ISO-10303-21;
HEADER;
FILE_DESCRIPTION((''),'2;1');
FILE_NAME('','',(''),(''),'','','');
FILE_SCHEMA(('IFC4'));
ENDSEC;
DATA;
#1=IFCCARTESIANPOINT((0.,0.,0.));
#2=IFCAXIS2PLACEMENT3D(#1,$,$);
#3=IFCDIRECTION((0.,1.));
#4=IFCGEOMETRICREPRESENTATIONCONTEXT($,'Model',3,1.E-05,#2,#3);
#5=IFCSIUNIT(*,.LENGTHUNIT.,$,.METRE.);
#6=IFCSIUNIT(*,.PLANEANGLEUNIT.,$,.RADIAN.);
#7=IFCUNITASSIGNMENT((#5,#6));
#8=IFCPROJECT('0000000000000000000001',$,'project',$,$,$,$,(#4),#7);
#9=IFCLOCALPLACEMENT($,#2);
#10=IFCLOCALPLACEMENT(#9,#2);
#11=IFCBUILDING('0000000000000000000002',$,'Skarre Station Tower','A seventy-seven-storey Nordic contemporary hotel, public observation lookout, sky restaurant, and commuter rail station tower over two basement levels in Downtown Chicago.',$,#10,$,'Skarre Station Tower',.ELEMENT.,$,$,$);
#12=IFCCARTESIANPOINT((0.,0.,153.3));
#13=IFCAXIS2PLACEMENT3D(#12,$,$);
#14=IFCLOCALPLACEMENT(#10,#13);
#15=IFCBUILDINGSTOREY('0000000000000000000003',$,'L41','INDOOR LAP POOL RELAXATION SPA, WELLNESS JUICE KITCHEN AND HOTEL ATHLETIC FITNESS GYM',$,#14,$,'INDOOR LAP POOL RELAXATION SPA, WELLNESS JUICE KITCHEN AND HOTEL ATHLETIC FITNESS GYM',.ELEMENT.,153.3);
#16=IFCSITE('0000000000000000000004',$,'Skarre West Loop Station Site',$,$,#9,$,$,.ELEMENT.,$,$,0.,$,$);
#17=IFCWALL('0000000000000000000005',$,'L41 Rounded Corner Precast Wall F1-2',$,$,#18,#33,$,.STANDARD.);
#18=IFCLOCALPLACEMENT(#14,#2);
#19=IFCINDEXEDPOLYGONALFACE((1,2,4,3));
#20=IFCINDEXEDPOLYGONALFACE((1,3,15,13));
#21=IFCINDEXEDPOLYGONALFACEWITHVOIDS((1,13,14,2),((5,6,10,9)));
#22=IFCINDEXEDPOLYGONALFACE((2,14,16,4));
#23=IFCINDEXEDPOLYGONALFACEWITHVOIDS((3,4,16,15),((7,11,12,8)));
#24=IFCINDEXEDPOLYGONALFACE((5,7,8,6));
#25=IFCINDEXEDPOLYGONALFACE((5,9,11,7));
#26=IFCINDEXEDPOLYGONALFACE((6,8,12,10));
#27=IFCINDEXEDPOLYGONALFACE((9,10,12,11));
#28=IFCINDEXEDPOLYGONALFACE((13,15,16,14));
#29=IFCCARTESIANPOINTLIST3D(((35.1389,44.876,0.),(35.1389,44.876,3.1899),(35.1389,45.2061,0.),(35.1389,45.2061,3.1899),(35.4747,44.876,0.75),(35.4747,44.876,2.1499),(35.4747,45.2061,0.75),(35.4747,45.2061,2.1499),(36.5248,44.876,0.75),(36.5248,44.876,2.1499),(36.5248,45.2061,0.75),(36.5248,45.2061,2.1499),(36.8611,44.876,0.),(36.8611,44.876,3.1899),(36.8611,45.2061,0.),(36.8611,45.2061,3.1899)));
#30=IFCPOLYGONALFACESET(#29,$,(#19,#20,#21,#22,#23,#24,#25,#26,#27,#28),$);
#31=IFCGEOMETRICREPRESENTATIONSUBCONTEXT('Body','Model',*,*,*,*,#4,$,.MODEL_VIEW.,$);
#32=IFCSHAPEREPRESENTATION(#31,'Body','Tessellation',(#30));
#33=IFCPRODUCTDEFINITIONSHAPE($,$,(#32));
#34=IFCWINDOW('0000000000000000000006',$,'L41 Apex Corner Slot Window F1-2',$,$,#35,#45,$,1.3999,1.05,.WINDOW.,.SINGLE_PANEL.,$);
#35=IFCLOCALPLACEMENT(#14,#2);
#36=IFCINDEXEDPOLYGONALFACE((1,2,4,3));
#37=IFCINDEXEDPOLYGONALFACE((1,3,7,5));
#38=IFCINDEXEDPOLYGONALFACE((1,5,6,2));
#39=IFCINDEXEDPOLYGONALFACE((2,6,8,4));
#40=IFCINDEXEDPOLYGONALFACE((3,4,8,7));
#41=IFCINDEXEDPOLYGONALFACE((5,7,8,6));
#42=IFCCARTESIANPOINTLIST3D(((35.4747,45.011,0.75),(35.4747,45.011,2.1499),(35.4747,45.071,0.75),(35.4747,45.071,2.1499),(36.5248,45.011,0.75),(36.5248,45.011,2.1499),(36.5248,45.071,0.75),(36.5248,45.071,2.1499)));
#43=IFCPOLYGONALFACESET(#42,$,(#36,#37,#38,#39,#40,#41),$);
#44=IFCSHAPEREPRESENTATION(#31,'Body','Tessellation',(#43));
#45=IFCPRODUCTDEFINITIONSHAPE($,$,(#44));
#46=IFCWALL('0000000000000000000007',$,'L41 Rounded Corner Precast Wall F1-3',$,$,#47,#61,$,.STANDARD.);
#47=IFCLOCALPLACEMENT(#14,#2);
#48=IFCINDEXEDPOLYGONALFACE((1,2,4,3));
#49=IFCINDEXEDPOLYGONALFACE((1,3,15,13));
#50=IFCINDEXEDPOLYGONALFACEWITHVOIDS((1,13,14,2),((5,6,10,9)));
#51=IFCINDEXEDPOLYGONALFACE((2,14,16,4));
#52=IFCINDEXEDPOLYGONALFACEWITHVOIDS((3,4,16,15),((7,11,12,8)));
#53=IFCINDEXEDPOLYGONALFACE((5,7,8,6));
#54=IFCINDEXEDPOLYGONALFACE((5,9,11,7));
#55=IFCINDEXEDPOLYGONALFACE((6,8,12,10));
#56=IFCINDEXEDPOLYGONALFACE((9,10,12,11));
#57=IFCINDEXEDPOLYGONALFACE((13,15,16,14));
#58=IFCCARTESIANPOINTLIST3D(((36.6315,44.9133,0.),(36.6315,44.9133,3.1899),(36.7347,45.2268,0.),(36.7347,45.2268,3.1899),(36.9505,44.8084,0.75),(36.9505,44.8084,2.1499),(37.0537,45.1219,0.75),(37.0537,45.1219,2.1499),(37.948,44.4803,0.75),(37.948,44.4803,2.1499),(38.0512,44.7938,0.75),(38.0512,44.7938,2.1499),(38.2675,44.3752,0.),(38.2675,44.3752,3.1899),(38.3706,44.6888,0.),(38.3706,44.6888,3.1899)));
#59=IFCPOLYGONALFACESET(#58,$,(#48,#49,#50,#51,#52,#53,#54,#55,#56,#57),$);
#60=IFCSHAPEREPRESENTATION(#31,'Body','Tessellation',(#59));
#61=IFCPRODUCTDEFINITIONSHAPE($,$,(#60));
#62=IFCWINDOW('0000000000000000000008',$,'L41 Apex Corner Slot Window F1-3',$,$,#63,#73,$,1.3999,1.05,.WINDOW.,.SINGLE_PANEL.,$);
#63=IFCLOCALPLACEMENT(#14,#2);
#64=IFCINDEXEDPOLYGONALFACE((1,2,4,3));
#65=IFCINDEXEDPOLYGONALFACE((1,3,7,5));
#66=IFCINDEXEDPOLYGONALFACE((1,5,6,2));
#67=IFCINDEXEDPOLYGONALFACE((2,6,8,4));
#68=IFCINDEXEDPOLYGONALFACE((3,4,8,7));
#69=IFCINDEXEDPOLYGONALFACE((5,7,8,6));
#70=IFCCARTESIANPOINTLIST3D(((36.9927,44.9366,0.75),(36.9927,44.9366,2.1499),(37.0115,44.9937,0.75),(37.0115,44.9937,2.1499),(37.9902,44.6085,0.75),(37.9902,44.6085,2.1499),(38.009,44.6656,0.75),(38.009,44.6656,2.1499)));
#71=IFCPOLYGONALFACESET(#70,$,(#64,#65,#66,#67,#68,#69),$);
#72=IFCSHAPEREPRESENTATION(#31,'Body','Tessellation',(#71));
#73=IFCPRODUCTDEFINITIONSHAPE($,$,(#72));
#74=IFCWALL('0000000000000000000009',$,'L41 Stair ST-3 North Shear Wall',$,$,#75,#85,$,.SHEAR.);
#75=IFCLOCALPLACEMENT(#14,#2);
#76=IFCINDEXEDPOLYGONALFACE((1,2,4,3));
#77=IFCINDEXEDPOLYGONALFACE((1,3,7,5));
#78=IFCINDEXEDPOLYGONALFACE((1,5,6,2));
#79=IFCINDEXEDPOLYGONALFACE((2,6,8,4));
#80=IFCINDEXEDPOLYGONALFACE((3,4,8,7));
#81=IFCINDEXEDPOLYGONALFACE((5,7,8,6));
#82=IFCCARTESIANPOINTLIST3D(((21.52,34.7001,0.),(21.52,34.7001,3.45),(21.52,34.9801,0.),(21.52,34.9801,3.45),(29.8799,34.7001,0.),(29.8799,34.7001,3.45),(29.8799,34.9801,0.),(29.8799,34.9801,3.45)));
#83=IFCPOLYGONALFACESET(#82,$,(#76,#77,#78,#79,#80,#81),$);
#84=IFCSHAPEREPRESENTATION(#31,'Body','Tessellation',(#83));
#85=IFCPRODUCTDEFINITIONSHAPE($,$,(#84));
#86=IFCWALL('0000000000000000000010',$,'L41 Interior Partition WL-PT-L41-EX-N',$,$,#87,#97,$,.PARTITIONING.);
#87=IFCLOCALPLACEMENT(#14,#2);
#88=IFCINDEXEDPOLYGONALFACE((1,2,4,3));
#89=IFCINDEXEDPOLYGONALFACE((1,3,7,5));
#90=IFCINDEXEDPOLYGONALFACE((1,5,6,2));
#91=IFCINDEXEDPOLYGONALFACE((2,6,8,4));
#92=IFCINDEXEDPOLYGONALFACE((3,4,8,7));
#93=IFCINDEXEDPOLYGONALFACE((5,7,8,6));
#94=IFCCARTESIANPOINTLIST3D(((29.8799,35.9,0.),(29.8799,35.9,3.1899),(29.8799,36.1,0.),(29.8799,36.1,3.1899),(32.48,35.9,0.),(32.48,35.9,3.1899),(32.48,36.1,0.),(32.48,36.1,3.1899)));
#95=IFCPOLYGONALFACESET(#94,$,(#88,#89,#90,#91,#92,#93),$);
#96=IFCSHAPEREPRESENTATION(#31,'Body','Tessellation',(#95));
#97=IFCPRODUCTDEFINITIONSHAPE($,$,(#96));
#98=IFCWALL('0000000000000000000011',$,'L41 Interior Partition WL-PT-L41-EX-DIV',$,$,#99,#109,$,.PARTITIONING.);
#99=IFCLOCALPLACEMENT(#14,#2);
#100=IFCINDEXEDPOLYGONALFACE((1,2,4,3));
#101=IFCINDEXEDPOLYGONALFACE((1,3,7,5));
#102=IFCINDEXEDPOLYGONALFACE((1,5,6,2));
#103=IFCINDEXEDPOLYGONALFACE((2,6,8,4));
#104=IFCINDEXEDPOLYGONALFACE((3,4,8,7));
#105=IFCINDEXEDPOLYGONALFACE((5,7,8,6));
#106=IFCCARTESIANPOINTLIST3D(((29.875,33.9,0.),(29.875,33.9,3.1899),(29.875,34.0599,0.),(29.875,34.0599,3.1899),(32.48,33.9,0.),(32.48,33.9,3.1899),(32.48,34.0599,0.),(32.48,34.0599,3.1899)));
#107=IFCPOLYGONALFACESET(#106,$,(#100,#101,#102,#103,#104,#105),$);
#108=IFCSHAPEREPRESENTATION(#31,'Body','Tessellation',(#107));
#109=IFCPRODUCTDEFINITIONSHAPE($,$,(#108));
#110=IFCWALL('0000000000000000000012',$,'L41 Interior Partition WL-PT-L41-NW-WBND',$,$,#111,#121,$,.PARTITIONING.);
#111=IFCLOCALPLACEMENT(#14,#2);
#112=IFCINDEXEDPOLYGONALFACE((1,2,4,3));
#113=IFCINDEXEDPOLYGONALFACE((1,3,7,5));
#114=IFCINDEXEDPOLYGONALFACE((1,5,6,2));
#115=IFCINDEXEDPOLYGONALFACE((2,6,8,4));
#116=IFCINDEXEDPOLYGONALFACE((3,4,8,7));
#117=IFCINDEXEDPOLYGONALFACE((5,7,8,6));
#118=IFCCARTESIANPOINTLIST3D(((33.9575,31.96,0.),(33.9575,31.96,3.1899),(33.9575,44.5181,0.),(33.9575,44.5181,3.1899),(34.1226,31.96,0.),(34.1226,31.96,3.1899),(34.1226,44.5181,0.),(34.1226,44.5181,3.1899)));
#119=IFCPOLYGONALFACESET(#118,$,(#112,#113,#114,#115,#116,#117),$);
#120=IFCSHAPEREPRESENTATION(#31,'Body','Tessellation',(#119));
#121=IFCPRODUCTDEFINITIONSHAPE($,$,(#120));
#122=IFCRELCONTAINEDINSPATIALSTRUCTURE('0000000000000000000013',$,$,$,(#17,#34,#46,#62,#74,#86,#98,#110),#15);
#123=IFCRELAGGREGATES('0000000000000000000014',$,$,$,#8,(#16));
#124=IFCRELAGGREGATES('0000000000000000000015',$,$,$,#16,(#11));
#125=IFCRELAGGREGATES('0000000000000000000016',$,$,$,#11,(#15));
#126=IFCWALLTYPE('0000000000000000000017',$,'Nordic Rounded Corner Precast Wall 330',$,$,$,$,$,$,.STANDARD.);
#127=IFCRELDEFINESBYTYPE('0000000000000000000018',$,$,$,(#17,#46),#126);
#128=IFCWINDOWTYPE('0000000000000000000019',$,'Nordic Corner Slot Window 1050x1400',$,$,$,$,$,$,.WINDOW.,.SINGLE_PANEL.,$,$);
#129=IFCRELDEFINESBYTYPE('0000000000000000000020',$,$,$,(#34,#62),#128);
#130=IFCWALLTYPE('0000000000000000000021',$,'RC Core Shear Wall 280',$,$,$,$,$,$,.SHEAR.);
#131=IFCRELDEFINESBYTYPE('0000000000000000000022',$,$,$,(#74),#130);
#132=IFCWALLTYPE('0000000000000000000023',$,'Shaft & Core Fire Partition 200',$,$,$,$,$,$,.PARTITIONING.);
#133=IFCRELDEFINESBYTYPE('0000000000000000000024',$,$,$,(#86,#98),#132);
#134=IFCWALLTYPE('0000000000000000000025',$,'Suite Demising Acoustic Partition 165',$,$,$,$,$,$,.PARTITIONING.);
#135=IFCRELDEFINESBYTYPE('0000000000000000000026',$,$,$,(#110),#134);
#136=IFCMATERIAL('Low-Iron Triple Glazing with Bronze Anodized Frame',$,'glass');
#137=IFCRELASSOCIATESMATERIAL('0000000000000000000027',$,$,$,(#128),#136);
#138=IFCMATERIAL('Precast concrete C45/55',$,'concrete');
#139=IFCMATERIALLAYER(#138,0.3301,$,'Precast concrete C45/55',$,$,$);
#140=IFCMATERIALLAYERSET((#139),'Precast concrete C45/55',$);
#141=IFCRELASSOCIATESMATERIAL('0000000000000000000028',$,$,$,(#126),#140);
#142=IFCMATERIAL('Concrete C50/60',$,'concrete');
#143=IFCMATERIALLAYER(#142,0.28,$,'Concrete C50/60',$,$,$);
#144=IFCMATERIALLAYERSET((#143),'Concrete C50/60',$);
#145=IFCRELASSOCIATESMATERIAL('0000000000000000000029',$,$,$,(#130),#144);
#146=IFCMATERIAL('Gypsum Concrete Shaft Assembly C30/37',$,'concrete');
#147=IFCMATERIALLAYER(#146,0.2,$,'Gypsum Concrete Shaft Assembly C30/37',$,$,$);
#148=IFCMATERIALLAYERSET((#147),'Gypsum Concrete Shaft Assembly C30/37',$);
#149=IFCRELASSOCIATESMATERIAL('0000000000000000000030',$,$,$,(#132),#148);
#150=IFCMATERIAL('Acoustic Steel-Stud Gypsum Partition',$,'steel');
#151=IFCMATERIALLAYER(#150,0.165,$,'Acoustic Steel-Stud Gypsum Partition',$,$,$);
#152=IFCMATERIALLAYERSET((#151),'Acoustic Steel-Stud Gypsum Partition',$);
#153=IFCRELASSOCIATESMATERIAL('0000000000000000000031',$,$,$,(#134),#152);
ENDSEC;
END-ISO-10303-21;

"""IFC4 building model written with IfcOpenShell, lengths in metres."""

from ifc_helpers import new_model, si_unit, direction, frame, frame_2d, origin, place, context, subcontext, project, spatial, rectangle, extrude, material, layer, layer_set, type_object, element, fill, save


model = new_model("IFC4")

# Units and contexts
model_context = context("Model", 3, precision=1e-05, world=origin(), true_north=direction((0.0, 1.0)))
body_context = subcontext(model_context, "Body", "Model", "MODEL_VIEW")
ifc_project = project(units=[si_unit("LENGTHUNIT", "METRE"), si_unit("PLANEANGLEUNIT", "RADIAN")], contexts=[model_context])

# Site, building, storey
site_placement = place(None, origin())
site = spatial("IfcSite", under=ifc_project, at=site_placement, Name="Skarre West Loop Station Site", CompositionType="ELEMENT", RefElevation=0.0)
building_placement = place(site_placement, origin())
building = spatial("IfcBuilding", under=site, at=building_placement, Name="Skarre Station Tower", Description="A seventy-seven-storey Nordic contemporary hotel, public observation lookout, sky restaurant, and commuter rail station tower over two basement levels in Downtown Chicago.", LongName="Skarre Station Tower", CompositionType="ELEMENT")
storey_placement = place(building_placement, frame((0.0, 0.0, 153.3)))
storey = spatial("IfcBuildingStorey", under=building, at=storey_placement, Name="L41", Description="INDOOR LAP POOL RELAXATION SPA, WELLNESS JUICE KITCHEN AND HOTEL ATHLETIC FITNESS GYM", LongName="INDOOR LAP POOL RELAXATION SPA, WELLNESS JUICE KITCHEN AND HOTEL ATHLETIC FITNESS GYM", CompositionType="ELEMENT", Elevation=153.3)

# Shared definitions
ifc_material_1 = material(Name="Acoustic Steel-Stud Gypsum Partition", Category="steel")

# Shared definitions
ifc_material_2 = material(Name="Precast concrete C45/55", Category="concrete")
ifc_material_3 = material(Name="Low-Iron Triple Glazing with Bronze Anodized Frame", Category="glass")
window_type_1 = type_object("IfcWindowType", Name="Nordic Corner Slot Window 1050x1400", PartitioningType="SINGLE_PANEL", PredefinedType="WINDOW", material=ifc_material_3)

# Shared definitions
ifc_layer_1 = layer(ifc_material_2, 0.3301, Name="Precast concrete C45/55")
ifc_layer_set_1 = layer_set([ifc_layer_1], Name="Precast concrete C45/55")
wall_type_1 = type_object("IfcWallType", Name="Nordic Rounded Corner Precast Wall 330", PredefinedType="STANDARD", material=ifc_layer_set_1)

# Walls, openings, windows
wall_1_placement = place(storey_placement, frame((35.1389, 45.041, 0.0), z_axis=(0.0, 0.0, 1.0), x_axis=(1.0, 0.0, 0.0)))
wall_1 = element("IfcWall", 1, at=wall_1_placement, inside=storey, type_object=wall_type_1, Name="L41 Rounded Corner Precast Wall F1-2", PredefinedType="STANDARD", context=body_context, shape_type="SweptSolid", body=[
    extrude(rectangle(XDim=1.7222, YDim=0.3301, at=frame_2d((0.8611, 0.0))), origin(), (0.0, 0.0, 1.0), 3.1899),
])
opening_1_placement = place(wall_1_placement, frame((0.3359, 0.0, 0.75)))
opening_1 = element("IfcOpeningElement", 2, at=opening_1_placement, cuts=wall_1, PredefinedType="OPENING", context=body_context, shape_type="SweptSolid", body=[
    extrude(rectangle(XDim=1.05, YDim=1.3999, at=frame_2d((0.5249, 0.7))), frame((0.0, 0.175, 0.0), z_axis=(0.0, -1.0, 0.0), x_axis=(1.0, 0.0, 0.0)), (0.0, 0.0, 1.0), 0.3501),
])
window_1_placement = place(opening_1_placement, origin())
window_1 = element("IfcWindow", 3, at=window_1_placement, inside=storey, type_object=window_type_1, Name="L41 Apex Corner Slot Window F1-2", OverallHeight=1.3999, OverallWidth=1.05, PartitioningType="SINGLE_PANEL", PredefinedType="WINDOW", context=body_context, shape_type="SweptSolid", body=[
    extrude(rectangle(XDim=1.05, YDim=1.3999, at=frame_2d((0.5249, 0.7))), frame((0.0, 0.03, 0.0), z_axis=(0.0, -1.0, 0.0), x_axis=(1.0, 0.0, 0.0)), (0.0, 0.0, 1.0), 0.0601),
])
fill(opening_1, window_1)
wall_2_placement = place(storey_placement, frame((36.6831, 45.0701, 0.0), z_axis=(0.0, 0.0, 1.0), x_axis=(0.949937, -0.31244, 0.0)))
wall_2 = element("IfcWall", 4, at=wall_2_placement, inside=storey, type_object=wall_type_1, Name="L41 Rounded Corner Precast Wall F1-3", PredefinedType="STANDARD", context=body_context, shape_type="SweptSolid", body=[
    extrude(rectangle(XDim=1.7222, YDim=0.3301, at=frame_2d((0.8611, 0.0))), origin(), (0.0, 0.0, 1.0), 3.1899),
])
opening_2_placement = place(wall_2_placement, frame((0.3359, 0.0, 0.75)))
opening_2 = element("IfcOpeningElement", 5, at=opening_2_placement, cuts=wall_2, PredefinedType="OPENING", context=body_context, shape_type="SweptSolid", body=[
    extrude(rectangle(XDim=1.05, YDim=1.3999, at=frame_2d((0.5249, 0.7))), frame((0.0, 0.175, 0.0), z_axis=(0.0, -1.0, 0.0), x_axis=(1.0, 0.0, 0.0)), (0.0, 0.0, 1.0), 0.3501),
])
window_2_placement = place(opening_2_placement, origin())
window_2 = element("IfcWindow", 6, at=window_2_placement, inside=storey, type_object=window_type_1, Name="L41 Apex Corner Slot Window F1-3", OverallHeight=1.3999, OverallWidth=1.05, PartitioningType="SINGLE_PANEL", PredefinedType="WINDOW", context=body_context, shape_type="SweptSolid", body=[
    extrude(rectangle(XDim=1.05, YDim=1.3999, at=frame_2d((0.5249, 0.7))), frame((0.0, 0.03, 0.0), z_axis=(0.0, -1.0, 0.0), x_axis=(1.0, 0.0, 0.0)), (0.0, 0.0, 1.0), 0.0601),
])
fill(opening_2, window_2)

# Walls
ifc_material_4 = material(Name="Concrete C50/60", Category="concrete")
ifc_layer_2 = layer(ifc_material_4, 0.28, Name="Concrete C50/60")
ifc_layer_set_2 = layer_set([ifc_layer_2], Name="Concrete C50/60")
wall_type_2 = type_object("IfcWallType", Name="RC Core Shear Wall 280", PredefinedType="SHEAR", material=ifc_layer_set_2)
wall_3_placement = place(storey_placement, frame((29.8799, 34.8401, 0.0), z_axis=(0.0, 0.0, 1.0), x_axis=(-1.0, 0.0, 0.0)))
element("IfcWall", 7, at=wall_3_placement, inside=storey, type_object=wall_type_2, Name="L41 Stair ST-3 North Shear Wall", PredefinedType="SHEAR", context=body_context, shape_type="SweptSolid", body=[
    extrude(rectangle(XDim=8.3599, YDim=0.28, at=frame_2d((4.1799, 0.0))), origin(), (0.0, 0.0, 1.0), 3.45),
])
ifc_material_5 = material(Name="Gypsum Concrete Shaft Assembly C30/37", Category="concrete")
ifc_layer_3 = layer(ifc_material_5, 0.2, Name="Gypsum Concrete Shaft Assembly C30/37")
ifc_layer_set_3 = layer_set([ifc_layer_3], Name="Gypsum Concrete Shaft Assembly C30/37")
wall_type_3 = type_object("IfcWallType", Name="Shaft & Core Fire Partition 200", PredefinedType="PARTITIONING", material=ifc_layer_set_3)
wall_4_placement = place(storey_placement, frame((29.8799, 36.0, 0.0), z_axis=(0.0, 0.0, 1.0), x_axis=(1.0, 0.0, 0.0)))
element("IfcWall", 8, at=wall_4_placement, inside=storey, type_object=wall_type_3, Name="L41 Interior Partition WL-PT-L41-EX-N", PredefinedType="PARTITIONING", context=body_context, shape_type="SweptSolid", body=[
    extrude(rectangle(XDim=2.6001, YDim=0.2, at=frame_2d((1.3, 0.0))), origin(), (0.0, 0.0, 1.0), 3.1899),
])
wall_5_placement = place(storey_placement, frame((29.875, 33.98, 0.0), z_axis=(0.0, 0.0, 1.0), x_axis=(1.0, 0.0, 0.0)))
element("IfcWall", 9, at=wall_5_placement, inside=storey, type_object=wall_type_3, Name="L41 Interior Partition WL-PT-L41-EX-DIV", PredefinedType="PARTITIONING", context=body_context, shape_type="SweptSolid", body=[
    extrude(rectangle(XDim=2.605, YDim=0.1599, at=frame_2d((1.3025, 0.0))), origin(), (0.0, 0.0, 1.0), 3.1899),
])
ifc_layer_4 = layer(ifc_material_1, 0.165, Name="Acoustic Steel-Stud Gypsum Partition")
ifc_layer_set_4 = layer_set([ifc_layer_4], Name="Acoustic Steel-Stud Gypsum Partition")
wall_type_4 = type_object("IfcWallType", Name="Suite Demising Acoustic Partition 165", PredefinedType="PARTITIONING", material=ifc_layer_set_4)
wall_6_placement = place(storey_placement, frame((34.04, 31.96, 0.0), z_axis=(0.0, 0.0, 1.0), x_axis=(0.0, 1.0, 0.0)))
element("IfcWall", 10, at=wall_6_placement, inside=storey, type_object=wall_type_4, Name="L41 Interior Partition WL-PT-L41-NW-WBND", PredefinedType="PARTITIONING", context=body_context, shape_type="SweptSolid", body=[
    extrude(rectangle(XDim=12.5581, YDim=0.165, at=frame_2d((6.2791, 0.0))), origin(), (0.0, 0.0, 1.0), 3.1899),
])

save(model, "model.ifc")
